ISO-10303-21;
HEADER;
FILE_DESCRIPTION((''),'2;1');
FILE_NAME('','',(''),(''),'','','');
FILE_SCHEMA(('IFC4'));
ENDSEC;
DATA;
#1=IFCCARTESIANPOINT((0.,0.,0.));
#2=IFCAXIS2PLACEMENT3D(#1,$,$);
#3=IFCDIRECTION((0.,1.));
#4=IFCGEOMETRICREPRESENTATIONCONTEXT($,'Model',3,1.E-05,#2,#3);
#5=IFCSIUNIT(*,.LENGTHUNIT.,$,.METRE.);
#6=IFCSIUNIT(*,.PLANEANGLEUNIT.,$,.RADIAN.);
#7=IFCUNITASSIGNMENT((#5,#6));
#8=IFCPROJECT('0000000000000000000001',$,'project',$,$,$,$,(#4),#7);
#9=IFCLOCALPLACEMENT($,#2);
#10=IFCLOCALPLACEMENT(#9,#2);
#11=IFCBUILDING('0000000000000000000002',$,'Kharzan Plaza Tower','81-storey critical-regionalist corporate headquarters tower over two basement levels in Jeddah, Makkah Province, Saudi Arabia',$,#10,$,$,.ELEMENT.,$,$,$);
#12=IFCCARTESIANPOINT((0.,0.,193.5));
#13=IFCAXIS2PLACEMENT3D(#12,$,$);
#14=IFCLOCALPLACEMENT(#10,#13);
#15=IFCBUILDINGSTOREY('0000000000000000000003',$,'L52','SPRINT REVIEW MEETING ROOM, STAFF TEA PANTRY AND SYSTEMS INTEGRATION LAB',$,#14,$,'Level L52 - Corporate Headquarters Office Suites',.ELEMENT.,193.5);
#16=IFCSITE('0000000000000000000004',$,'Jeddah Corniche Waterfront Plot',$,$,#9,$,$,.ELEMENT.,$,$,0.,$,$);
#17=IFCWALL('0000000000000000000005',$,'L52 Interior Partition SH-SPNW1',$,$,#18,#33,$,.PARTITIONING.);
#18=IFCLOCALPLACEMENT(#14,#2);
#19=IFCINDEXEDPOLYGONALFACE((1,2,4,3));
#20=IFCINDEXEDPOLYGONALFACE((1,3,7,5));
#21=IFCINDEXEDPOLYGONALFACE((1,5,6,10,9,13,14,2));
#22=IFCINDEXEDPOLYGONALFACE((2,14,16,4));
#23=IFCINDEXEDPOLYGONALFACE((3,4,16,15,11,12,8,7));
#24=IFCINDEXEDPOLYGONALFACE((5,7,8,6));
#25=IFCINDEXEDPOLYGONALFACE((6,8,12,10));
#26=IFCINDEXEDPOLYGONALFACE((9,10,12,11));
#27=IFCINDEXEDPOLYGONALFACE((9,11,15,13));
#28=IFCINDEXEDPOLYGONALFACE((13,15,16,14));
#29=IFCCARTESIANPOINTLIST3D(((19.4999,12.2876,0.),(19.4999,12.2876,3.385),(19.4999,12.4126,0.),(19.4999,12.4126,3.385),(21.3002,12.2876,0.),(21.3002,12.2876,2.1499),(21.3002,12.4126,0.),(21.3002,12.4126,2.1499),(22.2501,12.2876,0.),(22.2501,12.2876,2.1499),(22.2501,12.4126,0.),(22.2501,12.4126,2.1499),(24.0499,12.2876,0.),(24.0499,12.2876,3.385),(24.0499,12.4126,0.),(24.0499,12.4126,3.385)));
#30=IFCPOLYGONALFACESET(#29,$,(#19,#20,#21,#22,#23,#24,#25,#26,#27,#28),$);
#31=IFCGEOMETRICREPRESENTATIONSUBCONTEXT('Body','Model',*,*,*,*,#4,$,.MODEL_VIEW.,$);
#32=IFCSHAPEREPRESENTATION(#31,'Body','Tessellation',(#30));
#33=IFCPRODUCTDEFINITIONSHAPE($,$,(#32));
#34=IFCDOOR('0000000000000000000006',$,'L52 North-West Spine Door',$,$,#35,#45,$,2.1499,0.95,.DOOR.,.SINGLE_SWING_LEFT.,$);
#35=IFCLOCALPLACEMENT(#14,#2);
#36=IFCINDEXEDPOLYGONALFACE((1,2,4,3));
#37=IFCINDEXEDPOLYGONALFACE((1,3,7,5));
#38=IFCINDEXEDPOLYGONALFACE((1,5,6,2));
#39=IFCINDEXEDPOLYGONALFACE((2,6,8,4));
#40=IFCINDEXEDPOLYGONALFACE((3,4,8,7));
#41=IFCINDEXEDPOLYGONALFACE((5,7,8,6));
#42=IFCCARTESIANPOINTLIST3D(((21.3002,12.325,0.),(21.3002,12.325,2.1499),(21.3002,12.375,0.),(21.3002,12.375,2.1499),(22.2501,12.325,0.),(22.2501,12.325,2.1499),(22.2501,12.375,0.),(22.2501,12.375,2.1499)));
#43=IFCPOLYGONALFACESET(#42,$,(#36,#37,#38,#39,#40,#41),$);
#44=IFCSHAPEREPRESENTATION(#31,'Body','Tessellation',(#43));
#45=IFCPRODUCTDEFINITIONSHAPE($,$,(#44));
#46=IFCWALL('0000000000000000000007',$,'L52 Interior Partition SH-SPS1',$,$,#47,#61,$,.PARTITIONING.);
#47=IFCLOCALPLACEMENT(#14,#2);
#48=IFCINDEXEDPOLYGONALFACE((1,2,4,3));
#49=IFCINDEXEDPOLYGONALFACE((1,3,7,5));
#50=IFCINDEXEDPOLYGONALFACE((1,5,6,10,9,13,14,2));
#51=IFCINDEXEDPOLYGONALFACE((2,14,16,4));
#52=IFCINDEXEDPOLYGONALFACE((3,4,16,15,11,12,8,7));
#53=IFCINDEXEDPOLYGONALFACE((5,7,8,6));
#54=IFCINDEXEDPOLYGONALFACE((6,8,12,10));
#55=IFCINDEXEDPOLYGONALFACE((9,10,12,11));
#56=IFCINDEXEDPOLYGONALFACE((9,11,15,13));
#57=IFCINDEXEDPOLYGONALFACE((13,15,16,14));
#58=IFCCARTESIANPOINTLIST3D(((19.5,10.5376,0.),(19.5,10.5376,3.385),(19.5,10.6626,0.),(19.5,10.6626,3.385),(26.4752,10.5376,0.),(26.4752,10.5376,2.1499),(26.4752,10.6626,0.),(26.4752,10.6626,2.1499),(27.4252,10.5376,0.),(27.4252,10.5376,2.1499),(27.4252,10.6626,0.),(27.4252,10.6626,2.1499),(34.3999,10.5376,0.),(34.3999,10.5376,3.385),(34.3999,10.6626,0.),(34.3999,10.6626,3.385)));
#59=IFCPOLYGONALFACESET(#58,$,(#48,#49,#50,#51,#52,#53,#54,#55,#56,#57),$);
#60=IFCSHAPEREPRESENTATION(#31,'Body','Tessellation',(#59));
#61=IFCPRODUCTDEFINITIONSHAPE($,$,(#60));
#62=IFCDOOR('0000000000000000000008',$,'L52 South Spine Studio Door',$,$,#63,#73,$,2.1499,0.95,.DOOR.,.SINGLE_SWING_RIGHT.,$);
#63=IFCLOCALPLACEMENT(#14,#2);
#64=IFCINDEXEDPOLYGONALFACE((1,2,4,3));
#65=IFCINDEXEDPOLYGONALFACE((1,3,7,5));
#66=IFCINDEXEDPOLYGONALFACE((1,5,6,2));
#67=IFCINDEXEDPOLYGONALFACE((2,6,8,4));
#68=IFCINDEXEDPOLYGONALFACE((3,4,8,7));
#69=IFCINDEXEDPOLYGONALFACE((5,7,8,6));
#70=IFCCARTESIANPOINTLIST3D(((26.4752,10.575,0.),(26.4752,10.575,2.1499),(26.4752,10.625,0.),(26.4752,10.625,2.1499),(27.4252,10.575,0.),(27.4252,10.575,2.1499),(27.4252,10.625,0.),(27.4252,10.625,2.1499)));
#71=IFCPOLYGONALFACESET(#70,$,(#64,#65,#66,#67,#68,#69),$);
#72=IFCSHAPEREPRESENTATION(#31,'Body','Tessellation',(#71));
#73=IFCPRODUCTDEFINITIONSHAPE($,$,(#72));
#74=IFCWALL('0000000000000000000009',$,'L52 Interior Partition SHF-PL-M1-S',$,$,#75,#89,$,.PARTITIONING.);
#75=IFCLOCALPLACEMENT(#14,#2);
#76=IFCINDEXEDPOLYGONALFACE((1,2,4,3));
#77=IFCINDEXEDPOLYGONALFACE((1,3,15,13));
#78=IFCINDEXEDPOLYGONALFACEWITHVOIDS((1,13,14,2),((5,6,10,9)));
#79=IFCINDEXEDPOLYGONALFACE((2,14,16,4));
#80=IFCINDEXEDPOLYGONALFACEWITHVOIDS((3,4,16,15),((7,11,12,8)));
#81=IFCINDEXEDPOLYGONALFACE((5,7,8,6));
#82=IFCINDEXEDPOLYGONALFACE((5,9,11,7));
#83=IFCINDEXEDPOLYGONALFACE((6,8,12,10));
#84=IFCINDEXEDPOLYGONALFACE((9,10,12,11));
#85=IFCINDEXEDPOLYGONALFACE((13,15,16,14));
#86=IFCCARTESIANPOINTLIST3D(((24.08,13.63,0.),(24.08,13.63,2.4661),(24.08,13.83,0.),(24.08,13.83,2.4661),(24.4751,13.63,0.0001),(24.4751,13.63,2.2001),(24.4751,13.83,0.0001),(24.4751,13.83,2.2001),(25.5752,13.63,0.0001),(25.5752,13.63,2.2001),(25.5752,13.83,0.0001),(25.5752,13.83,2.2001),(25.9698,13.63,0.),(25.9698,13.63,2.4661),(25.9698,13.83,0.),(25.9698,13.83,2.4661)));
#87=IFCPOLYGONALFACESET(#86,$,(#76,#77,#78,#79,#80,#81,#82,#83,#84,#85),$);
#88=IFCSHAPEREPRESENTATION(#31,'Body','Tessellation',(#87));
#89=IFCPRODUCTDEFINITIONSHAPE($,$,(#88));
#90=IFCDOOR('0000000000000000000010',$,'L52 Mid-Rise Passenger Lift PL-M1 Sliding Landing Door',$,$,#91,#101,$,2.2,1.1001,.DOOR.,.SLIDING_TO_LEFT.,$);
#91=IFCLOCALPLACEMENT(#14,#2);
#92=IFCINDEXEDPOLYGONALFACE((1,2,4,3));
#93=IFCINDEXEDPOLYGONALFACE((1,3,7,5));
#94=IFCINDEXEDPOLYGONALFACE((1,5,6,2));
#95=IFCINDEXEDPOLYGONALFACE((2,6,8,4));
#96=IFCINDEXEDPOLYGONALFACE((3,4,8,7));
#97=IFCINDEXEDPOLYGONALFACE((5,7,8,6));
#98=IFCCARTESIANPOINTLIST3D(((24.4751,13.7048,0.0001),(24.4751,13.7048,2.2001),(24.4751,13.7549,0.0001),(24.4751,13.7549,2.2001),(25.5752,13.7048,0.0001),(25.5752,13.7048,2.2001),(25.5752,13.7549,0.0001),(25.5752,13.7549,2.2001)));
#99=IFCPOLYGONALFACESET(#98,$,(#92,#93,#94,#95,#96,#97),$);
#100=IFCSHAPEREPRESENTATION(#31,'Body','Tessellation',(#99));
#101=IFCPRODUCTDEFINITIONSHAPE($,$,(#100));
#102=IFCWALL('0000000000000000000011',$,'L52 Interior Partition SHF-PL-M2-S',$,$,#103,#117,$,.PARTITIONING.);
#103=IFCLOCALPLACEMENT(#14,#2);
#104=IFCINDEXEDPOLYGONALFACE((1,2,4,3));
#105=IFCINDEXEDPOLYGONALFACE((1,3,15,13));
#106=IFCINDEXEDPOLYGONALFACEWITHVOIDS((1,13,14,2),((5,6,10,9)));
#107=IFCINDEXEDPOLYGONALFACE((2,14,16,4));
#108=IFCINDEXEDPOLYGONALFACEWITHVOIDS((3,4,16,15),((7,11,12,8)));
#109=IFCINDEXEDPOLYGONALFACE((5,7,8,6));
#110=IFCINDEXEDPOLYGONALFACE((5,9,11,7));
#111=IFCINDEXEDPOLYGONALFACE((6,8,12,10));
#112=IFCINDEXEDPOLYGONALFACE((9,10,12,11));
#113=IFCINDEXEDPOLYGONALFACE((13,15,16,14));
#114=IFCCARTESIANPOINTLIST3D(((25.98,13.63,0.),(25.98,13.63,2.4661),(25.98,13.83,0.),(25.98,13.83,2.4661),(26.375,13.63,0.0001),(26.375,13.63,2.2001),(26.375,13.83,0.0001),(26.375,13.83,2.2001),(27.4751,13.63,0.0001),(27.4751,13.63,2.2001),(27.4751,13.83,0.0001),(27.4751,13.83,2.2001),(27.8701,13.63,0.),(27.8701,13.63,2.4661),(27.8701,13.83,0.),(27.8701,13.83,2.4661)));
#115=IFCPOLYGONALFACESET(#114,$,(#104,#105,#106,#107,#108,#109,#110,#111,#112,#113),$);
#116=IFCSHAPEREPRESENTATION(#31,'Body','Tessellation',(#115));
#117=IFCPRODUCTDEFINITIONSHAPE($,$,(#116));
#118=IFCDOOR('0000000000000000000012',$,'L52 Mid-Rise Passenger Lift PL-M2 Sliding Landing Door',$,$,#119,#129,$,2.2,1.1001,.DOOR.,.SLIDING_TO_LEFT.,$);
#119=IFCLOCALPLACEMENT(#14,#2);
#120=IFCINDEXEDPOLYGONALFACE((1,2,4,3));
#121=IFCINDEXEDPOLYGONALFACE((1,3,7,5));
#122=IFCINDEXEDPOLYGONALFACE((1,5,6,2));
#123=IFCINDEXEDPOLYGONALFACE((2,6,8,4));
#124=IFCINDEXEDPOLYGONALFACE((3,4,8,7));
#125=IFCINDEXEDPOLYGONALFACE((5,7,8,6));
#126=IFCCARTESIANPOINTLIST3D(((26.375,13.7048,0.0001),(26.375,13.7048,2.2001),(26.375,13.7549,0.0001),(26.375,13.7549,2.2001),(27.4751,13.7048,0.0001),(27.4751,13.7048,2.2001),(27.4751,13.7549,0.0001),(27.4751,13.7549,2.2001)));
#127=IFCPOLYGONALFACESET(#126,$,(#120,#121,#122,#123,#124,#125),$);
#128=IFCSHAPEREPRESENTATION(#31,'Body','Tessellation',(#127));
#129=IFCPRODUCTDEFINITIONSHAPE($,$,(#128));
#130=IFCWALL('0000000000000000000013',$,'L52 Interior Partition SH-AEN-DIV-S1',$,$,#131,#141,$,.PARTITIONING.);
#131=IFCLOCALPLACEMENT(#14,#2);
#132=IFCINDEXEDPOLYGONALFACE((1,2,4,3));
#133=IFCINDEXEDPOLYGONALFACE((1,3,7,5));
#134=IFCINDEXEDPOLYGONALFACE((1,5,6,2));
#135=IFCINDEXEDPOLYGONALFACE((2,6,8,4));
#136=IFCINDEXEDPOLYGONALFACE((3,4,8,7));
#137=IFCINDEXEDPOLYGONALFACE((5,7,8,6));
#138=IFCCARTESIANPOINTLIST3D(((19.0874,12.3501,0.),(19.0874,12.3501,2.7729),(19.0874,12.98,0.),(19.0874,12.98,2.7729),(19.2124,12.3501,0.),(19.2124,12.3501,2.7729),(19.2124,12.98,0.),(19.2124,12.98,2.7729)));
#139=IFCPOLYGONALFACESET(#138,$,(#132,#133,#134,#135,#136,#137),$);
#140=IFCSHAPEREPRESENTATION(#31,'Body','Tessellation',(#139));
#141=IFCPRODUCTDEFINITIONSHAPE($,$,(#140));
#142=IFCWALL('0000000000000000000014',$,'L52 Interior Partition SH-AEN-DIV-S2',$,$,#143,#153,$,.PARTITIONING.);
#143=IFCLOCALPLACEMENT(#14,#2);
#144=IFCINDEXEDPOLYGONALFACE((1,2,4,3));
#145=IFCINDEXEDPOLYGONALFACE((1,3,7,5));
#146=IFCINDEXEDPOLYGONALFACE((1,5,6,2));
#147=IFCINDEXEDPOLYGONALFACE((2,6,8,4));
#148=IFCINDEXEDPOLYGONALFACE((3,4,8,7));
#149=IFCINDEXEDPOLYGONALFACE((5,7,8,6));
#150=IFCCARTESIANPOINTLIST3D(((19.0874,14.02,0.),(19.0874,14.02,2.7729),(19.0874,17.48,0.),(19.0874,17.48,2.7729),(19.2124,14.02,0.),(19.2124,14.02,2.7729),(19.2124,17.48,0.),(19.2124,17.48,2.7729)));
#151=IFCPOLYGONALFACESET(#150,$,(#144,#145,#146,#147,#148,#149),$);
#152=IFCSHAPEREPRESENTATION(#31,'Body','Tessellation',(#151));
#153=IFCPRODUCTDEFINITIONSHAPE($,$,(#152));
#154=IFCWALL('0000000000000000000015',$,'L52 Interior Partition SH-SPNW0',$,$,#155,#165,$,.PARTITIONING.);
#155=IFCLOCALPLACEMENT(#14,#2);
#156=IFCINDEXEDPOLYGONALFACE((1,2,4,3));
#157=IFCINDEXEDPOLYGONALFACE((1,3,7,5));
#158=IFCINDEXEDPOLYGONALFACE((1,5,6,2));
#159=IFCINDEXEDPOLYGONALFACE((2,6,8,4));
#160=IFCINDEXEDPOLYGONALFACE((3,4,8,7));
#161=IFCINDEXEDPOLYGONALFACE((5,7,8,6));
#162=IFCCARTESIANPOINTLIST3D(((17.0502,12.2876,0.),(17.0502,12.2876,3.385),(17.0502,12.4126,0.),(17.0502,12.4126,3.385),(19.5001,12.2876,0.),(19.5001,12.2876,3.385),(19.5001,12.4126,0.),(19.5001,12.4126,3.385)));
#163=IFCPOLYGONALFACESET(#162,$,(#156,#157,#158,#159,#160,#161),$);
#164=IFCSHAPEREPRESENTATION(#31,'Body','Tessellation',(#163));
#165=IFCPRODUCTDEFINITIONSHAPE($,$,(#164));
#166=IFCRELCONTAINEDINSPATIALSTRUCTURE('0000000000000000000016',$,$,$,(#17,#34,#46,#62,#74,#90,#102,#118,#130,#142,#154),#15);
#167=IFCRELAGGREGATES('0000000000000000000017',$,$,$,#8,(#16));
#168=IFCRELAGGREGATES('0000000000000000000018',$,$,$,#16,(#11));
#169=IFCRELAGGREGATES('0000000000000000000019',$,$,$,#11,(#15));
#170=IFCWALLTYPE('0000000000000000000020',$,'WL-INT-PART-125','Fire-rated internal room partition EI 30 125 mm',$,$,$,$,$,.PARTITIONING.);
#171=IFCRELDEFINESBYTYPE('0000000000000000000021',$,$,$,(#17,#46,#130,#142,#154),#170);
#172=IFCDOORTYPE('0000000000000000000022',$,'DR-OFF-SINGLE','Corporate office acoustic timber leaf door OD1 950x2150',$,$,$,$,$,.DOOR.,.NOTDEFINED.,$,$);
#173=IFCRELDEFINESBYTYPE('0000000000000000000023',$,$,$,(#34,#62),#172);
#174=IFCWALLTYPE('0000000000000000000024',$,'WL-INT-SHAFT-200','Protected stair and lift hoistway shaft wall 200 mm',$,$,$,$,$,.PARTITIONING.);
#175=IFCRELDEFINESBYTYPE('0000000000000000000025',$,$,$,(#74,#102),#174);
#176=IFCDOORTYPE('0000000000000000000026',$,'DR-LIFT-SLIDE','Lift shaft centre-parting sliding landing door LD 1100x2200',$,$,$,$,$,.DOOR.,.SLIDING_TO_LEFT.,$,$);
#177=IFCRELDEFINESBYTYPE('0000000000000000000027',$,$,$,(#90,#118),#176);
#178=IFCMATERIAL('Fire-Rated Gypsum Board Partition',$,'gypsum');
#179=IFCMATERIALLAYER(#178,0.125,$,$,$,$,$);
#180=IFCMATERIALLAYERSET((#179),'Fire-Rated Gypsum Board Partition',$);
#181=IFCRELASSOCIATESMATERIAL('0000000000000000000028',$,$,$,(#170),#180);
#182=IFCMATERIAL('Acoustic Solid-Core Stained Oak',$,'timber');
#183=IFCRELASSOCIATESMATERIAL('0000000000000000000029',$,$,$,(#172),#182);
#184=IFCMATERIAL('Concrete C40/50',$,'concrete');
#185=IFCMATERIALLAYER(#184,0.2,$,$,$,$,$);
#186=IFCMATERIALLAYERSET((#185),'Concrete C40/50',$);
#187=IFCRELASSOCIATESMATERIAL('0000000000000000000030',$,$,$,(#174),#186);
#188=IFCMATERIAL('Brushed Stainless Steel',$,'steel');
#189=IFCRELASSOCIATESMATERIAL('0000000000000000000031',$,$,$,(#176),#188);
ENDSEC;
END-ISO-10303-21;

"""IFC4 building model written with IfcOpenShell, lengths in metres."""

from ifc_helpers import new_model, si_unit, direction, frame, frame_2d, origin, place, context, subcontext, project, spatial, rectangle, extrude, source, transform, mapped, material, layer, layer_set, type_object, element, fill, save


model = new_model("IFC4")

# Units and contexts
model_context = context("Model", 3, precision=1e-05, world=origin(), true_north=direction((0.0, 1.0)))
body_context = subcontext(model_context, "Body", "Model", "MODEL_VIEW")
ifc_project = project(units=[si_unit("LENGTHUNIT", "METRE"), si_unit("PLANEANGLEUNIT", "RADIAN")], contexts=[model_context])

# Site, building, storey
site_placement = place(None, origin())
site = spatial("IfcSite", under=ifc_project, at=site_placement, Name="Jeddah Corniche Waterfront Plot", CompositionType="ELEMENT", RefElevation=0.0)
building_placement = place(site_placement, origin())
building = spatial("IfcBuilding", under=site, at=building_placement, Name="Kharzan Plaza Tower", Description="81-storey critical-regionalist corporate headquarters tower over two basement levels in Jeddah, Makkah Province, Saudi Arabia", CompositionType="ELEMENT")
storey_placement = place(building_placement, frame((0.0, 0.0, 193.5)))
storey = spatial("IfcBuildingStorey", under=building, at=storey_placement, Name="L52", Description="SPRINT REVIEW MEETING ROOM, STAFF TEA PANTRY AND SYSTEMS INTEGRATION LAB", LongName="Level L52 - Corporate Headquarters Office Suites", CompositionType="ELEMENT", Elevation=193.5)

# Walls, openings, doors
ifc_material_1 = material(Name="Fire-Rated Gypsum Board Partition", Category="gypsum")
ifc_layer_1 = layer(ifc_material_1, 0.125)
ifc_layer_set_1 = layer_set([ifc_layer_1], Name="Fire-Rated Gypsum Board Partition")
wall_type_1 = type_object("IfcWallType", Name="WL-INT-PART-125", Description="Fire-rated internal room partition EI 30 125 mm", PredefinedType="PARTITIONING", material=ifc_layer_set_1)
ifc_material_2 = material(Name="Acoustic Solid-Core Stained Oak", Category="timber")
door_type_1 = type_object("IfcDoorType", Name="DR-OFF-SINGLE", Description="Corporate office acoustic timber leaf door OD1 950x2150", OperationType="NOTDEFINED", PredefinedType="DOOR", material=ifc_material_2)
shared_shape_1 = source(origin(), body_context, "Body", "SweptSolid", [
    extrude(rectangle(XDim=0.95, YDim=2.1499, at=frame_2d((0.4751, 1.075))), frame((0.0, 0.0249, 0.0), z_axis=(0.0, -1.0, 0.0), x_axis=(1.0, 0.0, 0.0)), (0.0, 0.0, 1.0), 0.05),
])
wall_1_placement = place(storey_placement, frame((19.5, 12.3501, 0.0), z_axis=(0.0, 0.0, 1.0), x_axis=(1.0, 0.0, 0.0)))
wall_1 = element("IfcWall", 1, at=wall_1_placement, inside=storey, type_object=wall_type_1, Name="L52 Interior Partition SH-SPNW1", PredefinedType="PARTITIONING", context=body_context, shape_type="SweptSolid", body=[
    extrude(rectangle(XDim=4.55, YDim=0.125, at=frame_2d((2.2749, 0.0))), origin(), (0.0, 0.0, 1.0), 3.385),
])
opening_1_placement = place(wall_1_placement, frame((1.8, 0.0, 0.0)))
opening_1 = element("IfcOpeningElement", 2, at=opening_1_placement, cuts=wall_1, PredefinedType="OPENING", context=body_context, shape_type="SweptSolid", body=[
    extrude(rectangle(XDim=0.95, YDim=2.1499, at=frame_2d((0.4751, 1.075))), frame((0.0, 0.0725, 0.0), z_axis=(0.0, -1.0, 0.0), x_axis=(1.0, 0.0, 0.0)), (0.0, 0.0, 1.0), 0.145),
])
door_1_placement = place(opening_1_placement, origin())
door_1 = element("IfcDoor", 3, at=door_1_placement, inside=storey, type_object=door_type_1, Name="L52 North-West Spine Door", OperationType="SINGLE_SWING_LEFT", OverallHeight=2.1499, OverallWidth=0.95, PredefinedType="DOOR", context=body_context, shape_type="MappedRepresentation", body=[
    mapped(shared_shape_1, transform((0.0, 0.0, 0.0), x_axis=(1.0, 0.0, 0.0), y_axis=(0.0, 1.0, 0.0), z_axis=(0.0, 0.0, 1.0))),
])
fill(opening_1, door_1)
wall_2_placement = place(storey_placement, frame((19.5, 10.6001, 0.0), z_axis=(0.0, 0.0, 1.0), x_axis=(1.0, 0.0, 0.0)))
wall_2 = element("IfcWall", 4, at=wall_2_placement, inside=storey, type_object=wall_type_1, Name="L52 Interior Partition SH-SPS1", PredefinedType="PARTITIONING", context=body_context, shape_type="SweptSolid", body=[
    extrude(rectangle(XDim=14.8999, YDim=0.125, at=frame_2d((7.45, 0.0))), origin(), (0.0, 0.0, 1.0), 3.385),
])
opening_2_placement = place(wall_2_placement, frame((6.9751, 0.0, 0.0)))
opening_2 = element("IfcOpeningElement", 5, at=opening_2_placement, cuts=wall_2, PredefinedType="OPENING", context=body_context, shape_type="SweptSolid", body=[
    extrude(rectangle(XDim=0.95, YDim=2.1499, at=frame_2d((0.4751, 1.075))), frame((0.0, 0.0725, 0.0), z_axis=(0.0, -1.0, 0.0), x_axis=(1.0, 0.0, 0.0)), (0.0, 0.0, 1.0), 0.145),
])
door_2_placement = place(opening_2_placement, origin())
door_2 = element("IfcDoor", 6, at=door_2_placement, inside=storey, type_object=door_type_1, Name="L52 South Spine Studio Door", OperationType="SINGLE_SWING_RIGHT", OverallHeight=2.1499, OverallWidth=0.95, PredefinedType="DOOR", context=body_context, shape_type="MappedRepresentation", body=[
    mapped(shared_shape_1, transform((0.0, 0.0, 0.0), x_axis=(1.0, 0.0, 0.0), y_axis=(0.0, 1.0, 0.0), z_axis=(0.0, 0.0, 1.0))),
])
fill(opening_2, door_2)
ifc_material_3 = material(Name="Concrete C40/50", Category="concrete")
ifc_layer_2 = layer(ifc_material_3, 0.2)
ifc_layer_set_2 = layer_set([ifc_layer_2], Name="Concrete C40/50")
wall_type_2 = type_object("IfcWallType", Name="WL-INT-SHAFT-200", Description="Protected stair and lift hoistway shaft wall 200 mm", PredefinedType="PARTITIONING", material=ifc_layer_set_2)
wall_3_placement = place(storey_placement, frame((24.0801, 13.73, 0.0), z_axis=(0.0, 0.0, 1.0), x_axis=(1.0, 0.0, 0.0)))
wall_3 = element("IfcWall", 7, at=wall_3_placement, inside=storey, type_object=wall_type_2, Name="L52 Interior Partition SHF-PL-M1-S", PredefinedType="PARTITIONING", context=body_context, shape_type="SweptSolid", body=[
    extrude(rectangle(XDim=1.8899, YDim=0.2, at=frame_2d((0.9448, 0.0))), origin(), (0.0, 0.0, 1.0), 2.4661),
])
opening_3_placement = place(wall_3_placement, frame((0.395, 0.0, 0.0)))
opening_3 = element("IfcOpeningElement", 8, at=opening_3_placement, cuts=wall_3, PredefinedType="OPENING", context=body_context, shape_type="SweptSolid", body=[
    extrude(rectangle(XDim=1.1001, YDim=2.2, at=frame_2d((0.55, 1.1001))), frame((0.0, 0.1099, 0.0), z_axis=(0.0, -1.0, 0.0), x_axis=(1.0, 0.0, 0.0)), (0.0, 0.0, 1.0), 0.22),
])
ifc_material_4 = material(Name="Brushed Stainless Steel", Category="steel")
door_type_2 = type_object("IfcDoorType", Name="DR-LIFT-SLIDE", Description="Lift shaft centre-parting sliding landing door LD 1100x2200", OperationType="SLIDING_TO_LEFT", PredefinedType="DOOR", material=ifc_material_4)
shared_shape_2 = source(origin(), body_context, "Body", "SweptSolid", [
    extrude(rectangle(XDim=1.1001, YDim=2.2, at=frame_2d((0.55, 1.1001))), frame((0.0, 0.0249, 0.0), z_axis=(0.0, -1.0, 0.0), x_axis=(1.0, 0.0, 0.0)), (0.0, 0.0, 1.0), 0.05),
])
door_3_placement = place(opening_3_placement, origin())
door_3 = element("IfcDoor", 9, at=door_3_placement, inside=storey, type_object=door_type_2, Name="L52 Mid-Rise Passenger Lift PL-M1 Sliding Landing Door", OperationType="SLIDING_TO_LEFT", OverallHeight=2.2, OverallWidth=1.1001, PredefinedType="DOOR", context=body_context, shape_type="MappedRepresentation", body=[
    mapped(shared_shape_2, transform((0.0, 0.0, 0.0), x_axis=(1.0, 0.0, 0.0), y_axis=(0.0, 1.0, 0.0), z_axis=(0.0, 0.0, 1.0))),
])
fill(opening_3, door_3)
wall_4_placement = place(storey_placement, frame((25.98, 13.73, 0.0), z_axis=(0.0, 0.0, 1.0), x_axis=(1.0, 0.0, 0.0)))
wall_4 = element("IfcWall", 10, at=wall_4_placement, inside=storey, type_object=wall_type_2, Name="L52 Interior Partition SHF-PL-M2-S", PredefinedType="PARTITIONING", context=body_context, shape_type="SweptSolid", body=[
    extrude(rectangle(XDim=1.8901, YDim=0.2, at=frame_2d((0.9451, 0.0))), origin(), (0.0, 0.0, 1.0), 2.4661),
])
opening_4_placement = place(wall_4_placement, frame((0.395, 0.0, 0.0)))
opening_4 = element("IfcOpeningElement", 11, at=opening_4_placement, cuts=wall_4, PredefinedType="OPENING", context=body_context, shape_type="SweptSolid", body=[
    extrude(rectangle(XDim=1.1001, YDim=2.2, at=frame_2d((0.55, 1.1001))), frame((0.0, 0.1099, 0.0), z_axis=(0.0, -1.0, 0.0), x_axis=(1.0, 0.0, 0.0)), (0.0, 0.0, 1.0), 0.22),
])
door_4_placement = place(opening_4_placement, origin())
door_4 = element("IfcDoor", 12, at=door_4_placement, inside=storey, type_object=door_type_2, Name="L52 Mid-Rise Passenger Lift PL-M2 Sliding Landing Door", OperationType="SLIDING_TO_LEFT", OverallHeight=2.2, OverallWidth=1.1001, PredefinedType="DOOR", context=body_context, shape_type="MappedRepresentation", body=[
    mapped(shared_shape_2, transform((0.0, 0.0, 0.0), x_axis=(1.0, 0.0, 0.0), y_axis=(0.0, 1.0, 0.0), z_axis=(0.0, 0.0, 1.0))),
])
fill(opening_4, door_4)

# Walls
shared_shape_3 = source(origin(), body_context, "Body", "SweptSolid", [
    extrude(rectangle(XDim=0.6299, YDim=0.125, at=frame_2d((0.3149, 0.0))), origin(), (0.0, 0.0, 1.0), 2.7729),
])
wall_5_placement = place(storey_placement, frame((19.1499, 12.3501, 0.0), z_axis=(0.0, 0.0, 1.0), x_axis=(0.0, 1.0, 0.0)))
element("IfcWall", 13, at=wall_5_placement, inside=storey, type_object=wall_type_1, Name="L52 Interior Partition SH-AEN-DIV-S1", PredefinedType="PARTITIONING", context=body_context, shape_type="MappedRepresentation", body=[
    mapped(shared_shape_3, transform((0.0, 0.0, 0.0), x_axis=(1.0, 0.0, 0.0), y_axis=(0.0, 1.0, 0.0), z_axis=(0.0, 0.0, 1.0))),
])
shared_shape_4 = source(origin(), body_context, "Body", "SweptSolid", [
    extrude(rectangle(XDim=3.46, YDim=0.125, at=frame_2d((1.73, 0.0))), origin(), (0.0, 0.0, 1.0), 2.7729),
])
wall_6_placement = place(storey_placement, frame((19.1499, 14.02, 0.0), z_axis=(0.0, 0.0, 1.0), x_axis=(0.0, 1.0, 0.0)))
element("IfcWall", 14, at=wall_6_placement, inside=storey, type_object=wall_type_1, Name="L52 Interior Partition SH-AEN-DIV-S2", PredefinedType="PARTITIONING", context=body_context, shape_type="MappedRepresentation", body=[
    mapped(shared_shape_4, transform((0.0, 0.0, 0.0), x_axis=(1.0, 0.0, 0.0), y_axis=(0.0, 1.0, 0.0), z_axis=(0.0, 0.0, 1.0))),
])
shared_shape_5 = source(origin(), body_context, "Body", "SweptSolid", [
    extrude(rectangle(XDim=2.45, YDim=0.125, at=frame_2d((1.2251, 0.0))), origin(), (0.0, 0.0, 1.0), 3.385),
])
for number, where, z_axis, x_axis, name in (
    (15, (17.05, 12.3501, 0.0), (0.0, 0.0, 1.0), (1.0, 0.0, 0.0), "L52 Interior Partition SH-SPNW0"),
):
    element("IfcWall", number, at=place(storey_placement, frame(where, z_axis=z_axis, x_axis=x_axis)), inside=storey, type_object=wall_type_1, Name=name, PredefinedType="PARTITIONING", context=body_context, shape_type="MappedRepresentation", body=[
        mapped(shared_shape_5, transform((0.0, 0.0, 0.0), x_axis=(1.0, 0.0, 0.0), y_axis=(0.0, 1.0, 0.0), z_axis=(0.0, 0.0, 1.0))),
    ])

save(model, "model.ifc")
